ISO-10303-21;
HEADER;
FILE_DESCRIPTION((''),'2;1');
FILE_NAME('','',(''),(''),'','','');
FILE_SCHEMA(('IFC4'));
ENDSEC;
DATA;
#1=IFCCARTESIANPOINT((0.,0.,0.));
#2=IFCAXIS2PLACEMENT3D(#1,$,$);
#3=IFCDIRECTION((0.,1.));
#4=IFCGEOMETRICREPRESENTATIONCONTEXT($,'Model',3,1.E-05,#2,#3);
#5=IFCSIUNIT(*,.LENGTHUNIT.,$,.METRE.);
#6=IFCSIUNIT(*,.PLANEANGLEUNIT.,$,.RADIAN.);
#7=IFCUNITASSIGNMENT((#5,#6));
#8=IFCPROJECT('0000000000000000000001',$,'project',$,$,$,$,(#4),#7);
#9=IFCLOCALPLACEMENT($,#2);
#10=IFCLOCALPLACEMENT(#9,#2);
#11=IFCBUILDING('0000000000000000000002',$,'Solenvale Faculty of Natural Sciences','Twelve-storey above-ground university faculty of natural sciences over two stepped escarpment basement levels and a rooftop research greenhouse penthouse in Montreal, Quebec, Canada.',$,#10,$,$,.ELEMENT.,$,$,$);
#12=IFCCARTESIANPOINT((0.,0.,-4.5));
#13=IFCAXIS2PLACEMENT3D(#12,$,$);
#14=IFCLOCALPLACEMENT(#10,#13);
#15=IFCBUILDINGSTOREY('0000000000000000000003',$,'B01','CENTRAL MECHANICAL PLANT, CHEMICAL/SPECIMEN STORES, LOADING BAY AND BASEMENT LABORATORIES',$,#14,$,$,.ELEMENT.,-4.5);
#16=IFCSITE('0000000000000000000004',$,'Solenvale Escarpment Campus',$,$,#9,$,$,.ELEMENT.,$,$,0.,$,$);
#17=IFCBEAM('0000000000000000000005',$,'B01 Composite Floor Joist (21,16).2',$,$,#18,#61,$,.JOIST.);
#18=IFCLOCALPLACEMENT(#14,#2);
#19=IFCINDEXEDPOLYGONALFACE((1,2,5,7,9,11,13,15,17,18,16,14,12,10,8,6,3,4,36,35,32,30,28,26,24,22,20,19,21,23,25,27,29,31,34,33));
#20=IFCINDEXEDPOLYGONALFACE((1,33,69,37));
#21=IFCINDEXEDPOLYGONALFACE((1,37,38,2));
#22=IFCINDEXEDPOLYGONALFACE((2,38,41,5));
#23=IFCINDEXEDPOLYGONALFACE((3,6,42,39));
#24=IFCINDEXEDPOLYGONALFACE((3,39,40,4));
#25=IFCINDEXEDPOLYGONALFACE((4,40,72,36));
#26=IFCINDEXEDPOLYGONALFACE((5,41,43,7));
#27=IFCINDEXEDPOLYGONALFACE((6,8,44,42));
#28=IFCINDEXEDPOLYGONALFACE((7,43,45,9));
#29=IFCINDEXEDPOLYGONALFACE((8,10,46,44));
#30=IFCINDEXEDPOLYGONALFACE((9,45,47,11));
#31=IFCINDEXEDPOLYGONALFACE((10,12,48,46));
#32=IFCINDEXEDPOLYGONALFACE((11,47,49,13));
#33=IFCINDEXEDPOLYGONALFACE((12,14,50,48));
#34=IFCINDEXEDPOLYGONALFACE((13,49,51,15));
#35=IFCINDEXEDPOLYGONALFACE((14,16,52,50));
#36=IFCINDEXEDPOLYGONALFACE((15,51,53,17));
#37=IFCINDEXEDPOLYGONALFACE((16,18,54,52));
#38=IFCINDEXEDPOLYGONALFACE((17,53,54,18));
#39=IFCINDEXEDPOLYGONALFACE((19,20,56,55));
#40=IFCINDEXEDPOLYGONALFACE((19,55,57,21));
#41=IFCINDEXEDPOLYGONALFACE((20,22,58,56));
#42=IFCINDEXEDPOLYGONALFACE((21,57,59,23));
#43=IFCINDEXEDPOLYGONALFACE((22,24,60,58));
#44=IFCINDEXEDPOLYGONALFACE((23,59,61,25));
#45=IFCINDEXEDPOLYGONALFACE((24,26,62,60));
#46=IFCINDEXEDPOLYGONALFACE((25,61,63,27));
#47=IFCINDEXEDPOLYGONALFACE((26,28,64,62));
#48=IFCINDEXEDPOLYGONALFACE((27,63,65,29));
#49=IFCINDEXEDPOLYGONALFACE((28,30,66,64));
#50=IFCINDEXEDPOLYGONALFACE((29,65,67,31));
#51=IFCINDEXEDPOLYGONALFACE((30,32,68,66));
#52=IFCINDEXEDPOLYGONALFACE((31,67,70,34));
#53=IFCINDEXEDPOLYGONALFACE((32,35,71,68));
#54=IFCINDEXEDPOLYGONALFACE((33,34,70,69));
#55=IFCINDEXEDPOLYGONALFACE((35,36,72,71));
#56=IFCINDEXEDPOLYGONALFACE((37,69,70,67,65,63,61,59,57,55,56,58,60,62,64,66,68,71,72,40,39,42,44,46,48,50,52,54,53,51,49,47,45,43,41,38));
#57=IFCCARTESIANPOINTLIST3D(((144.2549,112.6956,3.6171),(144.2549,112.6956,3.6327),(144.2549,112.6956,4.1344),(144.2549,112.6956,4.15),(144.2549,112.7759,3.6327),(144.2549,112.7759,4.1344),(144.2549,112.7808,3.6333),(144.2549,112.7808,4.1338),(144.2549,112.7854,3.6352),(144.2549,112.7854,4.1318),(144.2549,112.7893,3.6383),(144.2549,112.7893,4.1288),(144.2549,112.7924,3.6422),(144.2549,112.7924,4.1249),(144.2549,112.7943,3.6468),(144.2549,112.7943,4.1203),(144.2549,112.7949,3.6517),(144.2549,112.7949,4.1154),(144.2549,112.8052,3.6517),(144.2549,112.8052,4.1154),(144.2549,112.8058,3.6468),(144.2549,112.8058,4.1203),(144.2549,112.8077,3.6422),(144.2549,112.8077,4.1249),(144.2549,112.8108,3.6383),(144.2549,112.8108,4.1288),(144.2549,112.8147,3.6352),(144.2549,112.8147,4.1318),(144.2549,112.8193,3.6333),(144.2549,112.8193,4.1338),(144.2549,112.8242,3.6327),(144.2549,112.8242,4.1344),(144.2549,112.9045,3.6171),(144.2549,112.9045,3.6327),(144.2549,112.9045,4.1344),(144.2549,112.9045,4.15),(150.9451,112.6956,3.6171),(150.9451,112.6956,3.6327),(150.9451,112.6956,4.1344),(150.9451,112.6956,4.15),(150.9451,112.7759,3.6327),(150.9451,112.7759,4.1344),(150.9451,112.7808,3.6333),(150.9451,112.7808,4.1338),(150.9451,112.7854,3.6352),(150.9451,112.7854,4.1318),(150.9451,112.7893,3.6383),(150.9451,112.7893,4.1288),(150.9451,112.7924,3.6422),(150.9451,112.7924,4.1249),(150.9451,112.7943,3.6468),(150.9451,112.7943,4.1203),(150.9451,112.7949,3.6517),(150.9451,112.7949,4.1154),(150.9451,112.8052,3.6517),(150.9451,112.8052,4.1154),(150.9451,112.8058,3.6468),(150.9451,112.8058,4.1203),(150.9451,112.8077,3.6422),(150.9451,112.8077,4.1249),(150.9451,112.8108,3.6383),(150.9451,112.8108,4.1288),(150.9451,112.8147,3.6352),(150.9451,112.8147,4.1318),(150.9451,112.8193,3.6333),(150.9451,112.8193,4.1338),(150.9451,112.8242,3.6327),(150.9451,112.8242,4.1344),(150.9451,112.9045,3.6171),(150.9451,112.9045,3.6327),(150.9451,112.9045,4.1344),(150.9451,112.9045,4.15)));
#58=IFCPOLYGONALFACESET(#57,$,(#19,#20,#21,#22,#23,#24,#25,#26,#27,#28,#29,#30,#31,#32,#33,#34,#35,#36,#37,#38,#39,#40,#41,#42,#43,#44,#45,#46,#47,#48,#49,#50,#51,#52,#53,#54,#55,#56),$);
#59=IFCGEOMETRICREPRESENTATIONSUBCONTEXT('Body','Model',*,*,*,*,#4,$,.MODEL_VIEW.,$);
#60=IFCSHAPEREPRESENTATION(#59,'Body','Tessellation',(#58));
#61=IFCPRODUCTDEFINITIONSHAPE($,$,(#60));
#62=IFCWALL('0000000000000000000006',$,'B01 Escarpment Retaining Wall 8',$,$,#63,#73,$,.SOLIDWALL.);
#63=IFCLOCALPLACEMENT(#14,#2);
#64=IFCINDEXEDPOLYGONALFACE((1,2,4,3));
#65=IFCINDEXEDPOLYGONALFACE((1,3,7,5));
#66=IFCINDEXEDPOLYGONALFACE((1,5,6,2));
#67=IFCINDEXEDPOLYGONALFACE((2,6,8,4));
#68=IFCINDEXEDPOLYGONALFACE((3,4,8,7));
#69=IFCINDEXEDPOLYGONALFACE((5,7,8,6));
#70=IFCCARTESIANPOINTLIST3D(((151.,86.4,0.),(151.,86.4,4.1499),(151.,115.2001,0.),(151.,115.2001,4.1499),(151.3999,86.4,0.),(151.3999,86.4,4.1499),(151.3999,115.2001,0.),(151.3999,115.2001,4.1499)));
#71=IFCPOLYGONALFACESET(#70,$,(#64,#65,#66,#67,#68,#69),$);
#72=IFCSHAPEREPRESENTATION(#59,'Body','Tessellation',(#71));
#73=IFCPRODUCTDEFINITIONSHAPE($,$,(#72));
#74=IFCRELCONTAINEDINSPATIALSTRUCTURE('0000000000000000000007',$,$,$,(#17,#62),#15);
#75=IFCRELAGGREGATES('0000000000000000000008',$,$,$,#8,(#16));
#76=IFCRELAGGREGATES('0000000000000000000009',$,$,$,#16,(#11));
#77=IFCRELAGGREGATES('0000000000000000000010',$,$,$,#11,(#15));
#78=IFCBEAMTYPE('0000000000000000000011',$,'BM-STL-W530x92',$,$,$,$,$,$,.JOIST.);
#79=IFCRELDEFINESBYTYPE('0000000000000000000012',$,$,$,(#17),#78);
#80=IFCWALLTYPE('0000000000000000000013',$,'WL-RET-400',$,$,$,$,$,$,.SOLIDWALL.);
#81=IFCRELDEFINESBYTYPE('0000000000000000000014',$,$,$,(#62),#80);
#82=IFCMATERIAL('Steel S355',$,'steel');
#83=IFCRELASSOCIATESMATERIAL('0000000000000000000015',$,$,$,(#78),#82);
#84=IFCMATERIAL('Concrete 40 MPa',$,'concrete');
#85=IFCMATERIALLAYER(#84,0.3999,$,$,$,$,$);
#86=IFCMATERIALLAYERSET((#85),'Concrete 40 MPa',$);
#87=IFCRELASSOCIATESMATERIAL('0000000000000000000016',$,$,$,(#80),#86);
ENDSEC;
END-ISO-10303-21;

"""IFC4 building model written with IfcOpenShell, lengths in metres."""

from ifc_helpers import new_model, si_unit, direction, frame, frame_2d, origin, origin_2d, place, context, subcontext, project, spatial, rectangle, i_section, extrude, material, layer, layer_set, material_profile, profile_set, type_object, element, save


model = new_model("IFC4")

# Units and contexts
model_context = context("Model", 3, precision=1e-05, world=origin(), true_north=direction((0.0, 1.0)))
body_context = subcontext(model_context, "Body", "Model", "MODEL_VIEW")
ifc_project = project(units=[si_unit("LENGTHUNIT", "METRE"), si_unit("PLANEANGLEUNIT", "RADIAN")], contexts=[model_context])

# Site, building, storey
site_placement = place(None, origin())
site = spatial("IfcSite", under=ifc_project, at=site_placement, Name="Solenvale Escarpment Campus", CompositionType="ELEMENT", RefElevation=0.0)
building_placement = place(site_placement, origin())
building = spatial("IfcBuilding", under=site, at=building_placement, Name="Solenvale Faculty of Natural Sciences", Description="Twelve-storey above-ground university faculty of natural sciences over two stepped escarpment basement levels and a rooftop research greenhouse penthouse in Montreal, Quebec, Canada.", CompositionType="ELEMENT")
storey_placement = place(building_placement, frame((0.0, 0.0, -4.5)))
storey = spatial("IfcBuildingStorey", under=building, at=storey_placement, Name="B01", Description="CENTRAL MECHANICAL PLANT, CHEMICAL/SPECIMEN STORES, LOADING BAY AND BASEMENT LABORATORIES", CompositionType="ELEMENT", Elevation=-4.5)

# Shared definitions
ifc_material_1 = material(Name="Concrete 40 MPa", Category="concrete")

# Beam
ifc_material_2 = material(Name="Steel S355", Category="steel")
ifc_material_profile_1 = material_profile(ifc_material_2, i_section(OverallWidth=0.209, OverallDepth=0.533, WebThickness=0.0103, FlangeThickness=0.0156, FilletRadius=0.019, at=origin_2d()), Name="W530x92")
ifc_profile_set_1 = profile_set([ifc_material_profile_1], Name="Steel S355")
beam_type_1 = type_object("IfcBeamType", Name="BM-STL-W530x92", PredefinedType="JOIST", material=ifc_profile_set_1)
for number, where, z_axis, x_axis, name in (
    (1, (144.2549, 112.8, 3.8835), (1.0, 0.0, 0.0), (0.0, 1.0, 0.0), "B01 Composite Floor Joist (21,16).2"),
):
    element("IfcBeam", number, at=place(storey_placement, frame(where, z_axis=z_axis, x_axis=x_axis)), inside=storey, type_object=beam_type_1, Name=name, PredefinedType="JOIST", context=body_context, shape_type="SweptSolid", body=[
        extrude(i_section(OverallWidth=0.209, OverallDepth=0.533, WebThickness=0.0103, FlangeThickness=0.0156, FilletRadius=0.019, at=origin_2d()), origin(), (0.0, 0.0, 1.0), 6.6902),
    ])

# Wall
ifc_layer = layer(ifc_material_1, 0.3999)
ifc_layer_set = layer_set([ifc_layer], Name="Concrete 40 MPa")
wall_type = type_object("IfcWallType", Name="WL-RET-400", PredefinedType="SOLIDWALL", material=ifc_layer_set)
wall_placement = place(storey_placement, frame((151.2, 115.2, 0.0), z_axis=(0.0, 0.0, 1.0), x_axis=(0.0, -1.0, 0.0)))
element("IfcWall", 2, at=wall_placement, inside=storey, type_object=wall_type, Name="B01 Escarpment Retaining Wall 8", PredefinedType="SOLIDWALL", context=body_context, shape_type="SweptSolid", body=[
    extrude(rectangle(XDim=28.8, YDim=0.3999, at=frame_2d((14.3999, 0.0))), origin(), (0.0, 0.0, 1.0), 4.1499),
])

save(model, "model.ifc")
